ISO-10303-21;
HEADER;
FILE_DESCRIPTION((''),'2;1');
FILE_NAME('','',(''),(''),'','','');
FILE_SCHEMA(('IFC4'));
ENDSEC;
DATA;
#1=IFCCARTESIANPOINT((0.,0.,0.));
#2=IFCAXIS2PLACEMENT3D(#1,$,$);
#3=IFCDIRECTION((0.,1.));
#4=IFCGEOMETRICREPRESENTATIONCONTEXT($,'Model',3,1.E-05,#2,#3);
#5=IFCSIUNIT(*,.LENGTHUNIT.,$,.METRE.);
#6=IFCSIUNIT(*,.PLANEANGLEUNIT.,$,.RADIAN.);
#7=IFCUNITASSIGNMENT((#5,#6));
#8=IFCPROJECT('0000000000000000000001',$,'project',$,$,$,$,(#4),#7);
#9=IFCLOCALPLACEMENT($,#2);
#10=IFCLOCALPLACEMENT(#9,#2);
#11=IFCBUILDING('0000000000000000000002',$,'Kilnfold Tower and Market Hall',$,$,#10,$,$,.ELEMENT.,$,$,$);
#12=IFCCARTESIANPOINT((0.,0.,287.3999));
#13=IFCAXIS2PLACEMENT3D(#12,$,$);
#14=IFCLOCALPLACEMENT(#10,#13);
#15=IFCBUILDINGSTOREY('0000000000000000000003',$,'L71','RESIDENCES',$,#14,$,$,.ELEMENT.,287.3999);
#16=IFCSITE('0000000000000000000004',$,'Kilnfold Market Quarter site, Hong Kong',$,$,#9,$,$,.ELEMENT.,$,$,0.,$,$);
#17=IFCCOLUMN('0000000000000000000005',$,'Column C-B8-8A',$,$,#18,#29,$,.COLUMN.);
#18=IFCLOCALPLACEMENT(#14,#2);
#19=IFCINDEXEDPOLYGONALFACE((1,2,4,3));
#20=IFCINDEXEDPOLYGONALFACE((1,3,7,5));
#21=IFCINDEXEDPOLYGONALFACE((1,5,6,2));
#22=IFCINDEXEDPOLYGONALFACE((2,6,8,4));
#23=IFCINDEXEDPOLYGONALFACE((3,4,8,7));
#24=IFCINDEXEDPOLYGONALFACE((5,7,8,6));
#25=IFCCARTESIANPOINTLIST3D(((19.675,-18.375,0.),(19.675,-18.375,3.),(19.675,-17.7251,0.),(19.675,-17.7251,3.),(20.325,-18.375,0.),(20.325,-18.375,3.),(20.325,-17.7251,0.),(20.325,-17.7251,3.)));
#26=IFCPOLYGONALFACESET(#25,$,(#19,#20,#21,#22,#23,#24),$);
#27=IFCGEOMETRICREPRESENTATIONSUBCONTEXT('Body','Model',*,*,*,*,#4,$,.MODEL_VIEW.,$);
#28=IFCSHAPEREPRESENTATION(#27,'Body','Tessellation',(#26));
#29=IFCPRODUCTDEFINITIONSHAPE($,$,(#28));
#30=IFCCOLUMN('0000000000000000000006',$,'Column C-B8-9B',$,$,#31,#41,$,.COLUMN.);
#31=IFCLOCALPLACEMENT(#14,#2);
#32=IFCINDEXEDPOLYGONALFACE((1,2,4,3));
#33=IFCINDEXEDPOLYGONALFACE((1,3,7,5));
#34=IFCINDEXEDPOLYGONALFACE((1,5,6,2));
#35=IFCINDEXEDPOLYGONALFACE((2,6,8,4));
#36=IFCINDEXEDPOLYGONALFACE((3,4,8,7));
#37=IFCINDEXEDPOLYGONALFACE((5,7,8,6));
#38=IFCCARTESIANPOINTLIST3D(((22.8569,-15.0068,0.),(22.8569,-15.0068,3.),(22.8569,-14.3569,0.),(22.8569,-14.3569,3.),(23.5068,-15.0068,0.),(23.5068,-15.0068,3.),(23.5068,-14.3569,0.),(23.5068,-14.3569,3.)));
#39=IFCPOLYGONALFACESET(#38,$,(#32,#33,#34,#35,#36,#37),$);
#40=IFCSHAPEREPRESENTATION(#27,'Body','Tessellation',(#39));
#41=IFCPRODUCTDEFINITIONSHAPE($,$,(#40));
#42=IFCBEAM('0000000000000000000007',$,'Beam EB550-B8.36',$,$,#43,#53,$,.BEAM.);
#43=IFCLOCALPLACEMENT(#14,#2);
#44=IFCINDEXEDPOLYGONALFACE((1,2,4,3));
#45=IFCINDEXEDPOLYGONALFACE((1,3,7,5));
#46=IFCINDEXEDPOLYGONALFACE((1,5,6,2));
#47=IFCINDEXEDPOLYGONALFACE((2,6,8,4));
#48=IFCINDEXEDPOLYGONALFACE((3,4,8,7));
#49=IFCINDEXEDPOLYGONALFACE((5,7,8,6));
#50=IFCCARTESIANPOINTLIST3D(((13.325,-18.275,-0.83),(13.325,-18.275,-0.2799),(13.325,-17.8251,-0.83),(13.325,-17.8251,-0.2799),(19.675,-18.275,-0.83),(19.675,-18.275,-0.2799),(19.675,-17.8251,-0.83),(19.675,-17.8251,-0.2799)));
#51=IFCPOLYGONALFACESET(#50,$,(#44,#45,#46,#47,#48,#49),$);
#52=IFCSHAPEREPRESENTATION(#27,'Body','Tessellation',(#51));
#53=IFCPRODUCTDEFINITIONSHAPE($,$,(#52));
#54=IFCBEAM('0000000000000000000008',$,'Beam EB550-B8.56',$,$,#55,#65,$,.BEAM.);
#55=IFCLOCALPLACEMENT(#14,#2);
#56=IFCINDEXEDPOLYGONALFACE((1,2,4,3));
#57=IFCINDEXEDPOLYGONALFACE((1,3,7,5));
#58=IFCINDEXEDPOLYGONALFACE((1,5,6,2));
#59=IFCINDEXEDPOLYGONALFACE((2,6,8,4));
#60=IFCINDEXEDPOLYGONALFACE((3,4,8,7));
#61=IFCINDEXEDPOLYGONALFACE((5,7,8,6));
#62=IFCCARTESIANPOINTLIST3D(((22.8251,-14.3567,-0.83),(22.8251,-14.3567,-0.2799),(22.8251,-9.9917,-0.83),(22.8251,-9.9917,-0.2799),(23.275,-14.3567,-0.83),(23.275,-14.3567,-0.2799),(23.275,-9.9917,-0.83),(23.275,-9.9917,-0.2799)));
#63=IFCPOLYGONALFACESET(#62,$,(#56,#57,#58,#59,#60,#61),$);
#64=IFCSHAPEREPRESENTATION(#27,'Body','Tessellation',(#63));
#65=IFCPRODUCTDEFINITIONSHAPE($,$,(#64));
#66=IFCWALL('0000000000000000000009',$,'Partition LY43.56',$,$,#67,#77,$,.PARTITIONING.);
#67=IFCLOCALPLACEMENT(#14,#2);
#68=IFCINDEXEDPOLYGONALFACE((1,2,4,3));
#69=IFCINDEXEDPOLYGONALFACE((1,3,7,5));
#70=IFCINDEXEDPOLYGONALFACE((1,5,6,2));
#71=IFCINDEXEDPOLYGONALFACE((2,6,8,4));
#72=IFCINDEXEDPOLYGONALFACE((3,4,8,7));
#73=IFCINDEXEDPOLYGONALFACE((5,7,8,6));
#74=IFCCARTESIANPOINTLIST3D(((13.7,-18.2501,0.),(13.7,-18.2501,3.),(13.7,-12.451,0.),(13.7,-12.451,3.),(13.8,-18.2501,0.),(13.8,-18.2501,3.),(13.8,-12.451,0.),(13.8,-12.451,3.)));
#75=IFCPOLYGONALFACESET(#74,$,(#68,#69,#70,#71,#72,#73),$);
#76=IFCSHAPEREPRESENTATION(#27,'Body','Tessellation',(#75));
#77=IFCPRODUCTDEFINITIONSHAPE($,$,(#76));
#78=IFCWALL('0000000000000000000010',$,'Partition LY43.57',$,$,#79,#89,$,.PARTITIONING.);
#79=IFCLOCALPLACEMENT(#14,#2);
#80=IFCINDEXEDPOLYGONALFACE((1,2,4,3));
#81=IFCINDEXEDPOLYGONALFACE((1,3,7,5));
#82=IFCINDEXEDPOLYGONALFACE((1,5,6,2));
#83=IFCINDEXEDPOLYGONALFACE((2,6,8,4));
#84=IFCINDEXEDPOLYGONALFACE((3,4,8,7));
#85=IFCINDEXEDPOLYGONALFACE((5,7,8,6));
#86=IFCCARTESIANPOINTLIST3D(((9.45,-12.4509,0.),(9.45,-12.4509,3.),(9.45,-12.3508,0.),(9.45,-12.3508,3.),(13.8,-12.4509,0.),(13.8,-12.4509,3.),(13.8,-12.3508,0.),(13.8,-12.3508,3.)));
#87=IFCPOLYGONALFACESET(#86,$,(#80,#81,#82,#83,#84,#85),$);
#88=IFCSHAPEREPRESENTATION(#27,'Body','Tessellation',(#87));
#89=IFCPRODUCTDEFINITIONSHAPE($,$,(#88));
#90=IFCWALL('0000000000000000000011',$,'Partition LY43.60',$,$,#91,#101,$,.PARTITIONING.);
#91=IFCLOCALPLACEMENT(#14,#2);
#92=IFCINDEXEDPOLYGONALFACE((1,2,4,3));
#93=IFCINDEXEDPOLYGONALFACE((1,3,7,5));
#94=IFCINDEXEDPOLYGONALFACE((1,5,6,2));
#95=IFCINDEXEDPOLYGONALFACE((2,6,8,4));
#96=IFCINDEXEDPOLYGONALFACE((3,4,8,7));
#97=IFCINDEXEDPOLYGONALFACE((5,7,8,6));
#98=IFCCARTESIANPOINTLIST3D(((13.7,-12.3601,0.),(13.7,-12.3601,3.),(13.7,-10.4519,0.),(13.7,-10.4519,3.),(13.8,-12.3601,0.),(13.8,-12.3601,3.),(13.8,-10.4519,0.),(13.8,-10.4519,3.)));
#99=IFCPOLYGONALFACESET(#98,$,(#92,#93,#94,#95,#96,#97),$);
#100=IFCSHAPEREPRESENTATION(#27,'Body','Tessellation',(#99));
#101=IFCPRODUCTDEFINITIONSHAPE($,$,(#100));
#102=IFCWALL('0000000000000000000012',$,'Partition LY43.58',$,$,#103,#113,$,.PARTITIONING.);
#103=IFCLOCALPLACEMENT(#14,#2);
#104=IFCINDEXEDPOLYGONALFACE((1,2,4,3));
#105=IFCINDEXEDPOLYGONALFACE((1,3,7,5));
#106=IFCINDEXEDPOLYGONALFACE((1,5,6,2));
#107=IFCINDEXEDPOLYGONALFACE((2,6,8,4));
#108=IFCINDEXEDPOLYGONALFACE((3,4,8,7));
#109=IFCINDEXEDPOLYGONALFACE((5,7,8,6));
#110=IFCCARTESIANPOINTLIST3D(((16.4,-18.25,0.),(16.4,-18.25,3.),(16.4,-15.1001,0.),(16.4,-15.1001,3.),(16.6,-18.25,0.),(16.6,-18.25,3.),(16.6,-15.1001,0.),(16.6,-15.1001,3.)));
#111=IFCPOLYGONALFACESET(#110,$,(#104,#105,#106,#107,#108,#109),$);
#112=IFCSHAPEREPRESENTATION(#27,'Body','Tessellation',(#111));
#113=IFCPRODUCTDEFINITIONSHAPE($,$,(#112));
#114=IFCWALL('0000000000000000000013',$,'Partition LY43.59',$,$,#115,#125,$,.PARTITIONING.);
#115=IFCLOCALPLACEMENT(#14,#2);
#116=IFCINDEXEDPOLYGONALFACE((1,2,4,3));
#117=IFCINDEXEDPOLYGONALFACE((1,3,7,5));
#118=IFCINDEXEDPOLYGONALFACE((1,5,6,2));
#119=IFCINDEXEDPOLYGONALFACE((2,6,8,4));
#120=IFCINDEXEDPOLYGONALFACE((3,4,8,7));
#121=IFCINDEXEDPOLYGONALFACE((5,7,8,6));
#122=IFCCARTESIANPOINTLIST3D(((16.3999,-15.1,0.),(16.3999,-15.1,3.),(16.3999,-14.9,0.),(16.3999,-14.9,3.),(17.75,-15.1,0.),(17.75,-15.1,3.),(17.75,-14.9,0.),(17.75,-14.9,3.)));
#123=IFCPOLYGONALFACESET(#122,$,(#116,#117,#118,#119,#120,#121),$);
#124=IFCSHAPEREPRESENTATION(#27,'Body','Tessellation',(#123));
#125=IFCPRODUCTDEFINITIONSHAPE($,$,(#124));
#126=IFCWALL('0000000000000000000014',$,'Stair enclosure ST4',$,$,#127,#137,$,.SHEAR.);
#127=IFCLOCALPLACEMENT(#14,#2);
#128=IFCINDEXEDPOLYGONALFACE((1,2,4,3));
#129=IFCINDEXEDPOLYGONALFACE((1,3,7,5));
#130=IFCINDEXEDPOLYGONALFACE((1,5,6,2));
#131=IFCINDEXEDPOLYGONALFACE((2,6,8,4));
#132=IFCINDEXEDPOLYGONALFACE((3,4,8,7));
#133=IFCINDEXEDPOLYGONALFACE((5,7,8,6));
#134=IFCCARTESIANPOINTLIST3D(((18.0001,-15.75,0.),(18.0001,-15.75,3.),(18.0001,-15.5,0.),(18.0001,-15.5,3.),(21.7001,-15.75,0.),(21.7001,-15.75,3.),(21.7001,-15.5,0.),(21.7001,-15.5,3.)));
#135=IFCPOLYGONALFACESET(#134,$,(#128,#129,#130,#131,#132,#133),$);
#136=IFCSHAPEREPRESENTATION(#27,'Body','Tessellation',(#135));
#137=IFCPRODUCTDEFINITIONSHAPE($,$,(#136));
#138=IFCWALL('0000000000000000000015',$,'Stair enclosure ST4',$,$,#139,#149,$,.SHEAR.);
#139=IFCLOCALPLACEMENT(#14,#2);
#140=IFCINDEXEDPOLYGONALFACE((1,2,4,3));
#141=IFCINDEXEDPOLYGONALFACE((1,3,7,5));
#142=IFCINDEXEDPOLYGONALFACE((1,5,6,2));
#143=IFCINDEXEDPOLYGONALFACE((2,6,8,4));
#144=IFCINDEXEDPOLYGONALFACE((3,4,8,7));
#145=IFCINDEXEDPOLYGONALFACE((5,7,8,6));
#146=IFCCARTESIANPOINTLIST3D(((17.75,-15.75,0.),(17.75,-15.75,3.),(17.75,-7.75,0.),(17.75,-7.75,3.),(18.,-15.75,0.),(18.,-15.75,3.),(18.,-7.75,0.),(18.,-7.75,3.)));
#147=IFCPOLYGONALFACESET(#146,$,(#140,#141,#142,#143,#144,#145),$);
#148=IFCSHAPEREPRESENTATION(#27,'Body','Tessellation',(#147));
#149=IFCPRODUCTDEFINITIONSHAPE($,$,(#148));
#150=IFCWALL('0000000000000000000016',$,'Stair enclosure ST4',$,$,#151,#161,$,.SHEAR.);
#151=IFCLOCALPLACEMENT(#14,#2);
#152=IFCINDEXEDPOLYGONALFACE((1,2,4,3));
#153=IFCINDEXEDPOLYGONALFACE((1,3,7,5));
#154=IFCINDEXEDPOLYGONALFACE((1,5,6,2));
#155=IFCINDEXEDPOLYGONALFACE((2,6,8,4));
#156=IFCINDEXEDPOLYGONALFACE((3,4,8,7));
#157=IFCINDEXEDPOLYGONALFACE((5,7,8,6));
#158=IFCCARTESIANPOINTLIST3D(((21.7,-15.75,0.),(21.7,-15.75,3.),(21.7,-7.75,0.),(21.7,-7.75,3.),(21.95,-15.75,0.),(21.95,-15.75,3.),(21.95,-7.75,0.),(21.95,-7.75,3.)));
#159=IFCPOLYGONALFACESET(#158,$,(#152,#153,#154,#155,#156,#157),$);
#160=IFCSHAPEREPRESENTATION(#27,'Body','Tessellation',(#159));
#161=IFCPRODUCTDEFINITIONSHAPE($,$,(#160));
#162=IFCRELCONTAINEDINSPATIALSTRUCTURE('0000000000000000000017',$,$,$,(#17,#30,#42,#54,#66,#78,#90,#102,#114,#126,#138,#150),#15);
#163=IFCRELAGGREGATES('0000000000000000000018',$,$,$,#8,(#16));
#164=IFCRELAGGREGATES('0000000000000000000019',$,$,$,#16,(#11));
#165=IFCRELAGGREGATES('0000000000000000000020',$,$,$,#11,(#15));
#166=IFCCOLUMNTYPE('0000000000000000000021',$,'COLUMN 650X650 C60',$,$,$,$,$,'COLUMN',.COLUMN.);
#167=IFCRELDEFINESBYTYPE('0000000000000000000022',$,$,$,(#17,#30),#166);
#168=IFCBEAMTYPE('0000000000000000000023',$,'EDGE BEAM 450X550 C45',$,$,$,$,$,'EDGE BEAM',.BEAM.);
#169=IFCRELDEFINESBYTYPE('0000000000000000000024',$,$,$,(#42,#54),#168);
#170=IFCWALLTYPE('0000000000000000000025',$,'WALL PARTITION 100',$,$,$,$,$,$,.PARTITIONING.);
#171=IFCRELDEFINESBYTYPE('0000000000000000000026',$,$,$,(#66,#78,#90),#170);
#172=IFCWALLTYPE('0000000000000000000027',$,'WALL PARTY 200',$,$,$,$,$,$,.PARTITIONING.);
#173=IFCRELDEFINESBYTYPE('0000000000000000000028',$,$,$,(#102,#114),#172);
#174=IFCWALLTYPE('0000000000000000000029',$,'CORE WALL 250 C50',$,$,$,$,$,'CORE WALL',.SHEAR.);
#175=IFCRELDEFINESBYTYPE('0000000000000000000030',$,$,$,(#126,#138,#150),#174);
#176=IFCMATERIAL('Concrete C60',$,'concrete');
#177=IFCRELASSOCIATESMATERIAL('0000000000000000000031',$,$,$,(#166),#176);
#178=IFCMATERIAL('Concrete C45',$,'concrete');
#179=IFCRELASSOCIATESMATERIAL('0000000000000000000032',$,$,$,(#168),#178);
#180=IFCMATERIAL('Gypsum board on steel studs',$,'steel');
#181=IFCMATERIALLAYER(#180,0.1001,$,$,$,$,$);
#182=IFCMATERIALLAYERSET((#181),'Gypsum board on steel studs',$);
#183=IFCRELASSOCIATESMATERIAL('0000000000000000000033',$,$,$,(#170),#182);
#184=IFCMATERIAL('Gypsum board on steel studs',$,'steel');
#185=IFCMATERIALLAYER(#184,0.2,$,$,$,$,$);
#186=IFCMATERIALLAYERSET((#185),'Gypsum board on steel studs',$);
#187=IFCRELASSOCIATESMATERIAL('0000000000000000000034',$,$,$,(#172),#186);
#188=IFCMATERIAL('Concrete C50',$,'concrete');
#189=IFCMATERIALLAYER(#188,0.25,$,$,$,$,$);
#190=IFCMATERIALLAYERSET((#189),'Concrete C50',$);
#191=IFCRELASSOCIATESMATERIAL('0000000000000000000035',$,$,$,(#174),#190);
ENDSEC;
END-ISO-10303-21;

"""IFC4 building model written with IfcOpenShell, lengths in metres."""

from ifc_helpers import new_model, si_unit, direction, frame, frame_2d, origin, origin_2d, place, context, subcontext, project, spatial, rectangle, extrude, source, transform, mapped, material, layer, layer_set, material_profile, profile_set, type_object, element, save


model = new_model("IFC4")

# Units and contexts
model_context = context("Model", 3, precision=1e-05, world=origin(), true_north=direction((0.0, 1.0)))
body_context = subcontext(model_context, "Body", "Model", "MODEL_VIEW")
ifc_project = project(units=[si_unit("LENGTHUNIT", "METRE"), si_unit("PLANEANGLEUNIT", "RADIAN")], contexts=[model_context])

# Site, building, storey
site_placement = place(None, origin())
site = spatial("IfcSite", under=ifc_project, at=site_placement, Name="Kilnfold Market Quarter site, Hong Kong", CompositionType="ELEMENT", RefElevation=0.0)
building_placement = place(site_placement, origin())
building = spatial("IfcBuilding", under=site, at=building_placement, Name="Kilnfold Tower and Market Hall", CompositionType="ELEMENT")
storey_placement = place(building_placement, frame((0.0, 0.0, 287.3999)))
storey = spatial("IfcBuildingStorey", under=building, at=storey_placement, Name="L71", Description="RESIDENCES", CompositionType="ELEMENT", Elevation=287.3999)

# Columns
ifc_material_1 = material(Name="Concrete C60", Category="concrete")
ifc_material_profile_1 = material_profile(ifc_material_1, rectangle(XDim=0.6499, YDim=0.6499, at=origin_2d()), Name="RC 650x650")
ifc_profile_set_1 = profile_set([ifc_material_profile_1], Name="Concrete C60")
column_type = type_object("IfcColumnType", Name="COLUMN 650X650 C60", ElementType="COLUMN", PredefinedType="COLUMN", material=ifc_profile_set_1)
shared_shape_1 = source(origin(), body_context, "Body", "SweptSolid", [
    extrude(rectangle(XDim=0.6499, YDim=0.6499, at=origin_2d()), origin(), (0.0, 0.0, 1.0), 3.0),
])
for number, where, z_axis, x_axis, name in (
    (1, (20.0, -18.05, 0.0), (0.0, 0.0, 1.0), (1.0, 0.0, 0.0), "Column C-B8-8A"),
    (2, (23.1819, -14.6819, 0.0), (0.0, 0.0, 1.0), (1.0, 0.0, 0.0), "Column C-B8-9B"),
):
    element("IfcColumn", number, at=place(storey_placement, frame(where, z_axis=z_axis, x_axis=x_axis)), inside=storey, type_object=column_type, Name=name, PredefinedType="COLUMN", context=body_context, shape_type="MappedRepresentation", body=[
        mapped(shared_shape_1, transform((0.0, 0.0, 0.0))),
    ])

# Beams
ifc_material_2 = material(Name="Concrete C45", Category="concrete")
ifc_material_profile_2 = material_profile(ifc_material_2, rectangle(XDim=0.45, YDim=0.55, at=origin_2d()), Name="RC 450x550")
ifc_profile_set_2 = profile_set([ifc_material_profile_2], Name="Concrete C45")
beam_type = type_object("IfcBeamType", Name="EDGE BEAM 450X550 C45", ElementType="EDGE BEAM", PredefinedType="BEAM", material=ifc_profile_set_2)
shared_shape_2 = source(origin(), body_context, "Body", "SweptSolid", [
    extrude(rectangle(XDim=0.45, YDim=0.55, at=origin_2d()), origin(), (0.0, 0.0, 1.0), 6.3501),
])
beam_1_placement = place(storey_placement, frame((13.325, -18.05, -0.5549), z_axis=(1.0, 0.0, 0.0), x_axis=(0.0, 1.0, 0.0)))
element("IfcBeam", 3, at=beam_1_placement, inside=storey, type_object=beam_type, Name="Beam EB550-B8.36", PredefinedType="BEAM", context=body_context, shape_type="MappedRepresentation", body=[
    mapped(shared_shape_2, transform((0.0, 0.0, 0.0))),
])
shared_shape_3 = source(origin(), body_context, "Body", "SweptSolid", [
    extrude(rectangle(XDim=0.45, YDim=0.55, at=origin_2d()), origin(), (0.0, 0.0, 1.0), 4.365),
])
beam_2_placement = place(storey_placement, frame((23.05, -14.3567, -0.5549), z_axis=(0.0, 1.0, 0.0), x_axis=(-1.0, 0.0, 0.0)))
element("IfcBeam", 4, at=beam_2_placement, inside=storey, type_object=beam_type, Name="Beam EB550-B8.56", PredefinedType="BEAM", context=body_context, shape_type="MappedRepresentation", body=[
    mapped(shared_shape_3, transform((0.0, 0.0, 0.0))),
])

# Walls
ifc_material_3 = material(Name="Gypsum board on steel studs", Category="steel")
ifc_layer_1 = layer(ifc_material_3, 0.1001)
ifc_layer_set_1 = layer_set([ifc_layer_1], Name="Gypsum board on steel studs")
wall_type_1 = type_object("IfcWallType", Name="WALL PARTITION 100", PredefinedType="PARTITIONING", material=ifc_layer_set_1)
wall_1_placement = place(storey_placement, frame((13.75, -18.25, 0.0), z_axis=(0.0, 0.0, 1.0), x_axis=(0.0, 1.0, 0.0)))
element("IfcWall", 5, at=wall_1_placement, inside=storey, type_object=wall_type_1, Name="Partition LY43.56", PredefinedType="PARTITIONING", context=body_context, shape_type="SweptSolid", body=[
    extrude(rectangle(XDim=5.7991, YDim=0.1001, at=frame_2d((2.8994, 0.0))), origin(), (0.0, 0.0, 1.0), 3.0),
])
wall_2_placement = place(storey_placement, frame((13.8, -12.4009, 0.0), z_axis=(0.0, 0.0, 1.0), x_axis=(-1.0, 0.0, 0.0)))
element("IfcWall", 6, at=wall_2_placement, inside=storey, type_object=wall_type_1, Name="Partition LY43.57", PredefinedType="PARTITIONING", context=body_context, shape_type="SweptSolid", body=[
    extrude(rectangle(XDim=4.3501, YDim=0.1001, at=frame_2d((2.175, 0.0))), origin(), (0.0, 0.0, 1.0), 3.0),
])
wall_3_placement = place(storey_placement, frame((13.75, -12.3601, 0.0), z_axis=(0.0, 0.0, 1.0), x_axis=(0.0, 1.0, 0.0)))
element("IfcWall", 7, at=wall_3_placement, inside=storey, type_object=wall_type_1, Name="Partition LY43.60", PredefinedType="PARTITIONING", context=body_context, shape_type="SweptSolid", body=[
    extrude(rectangle(XDim=1.9082, YDim=0.1001, at=frame_2d((0.9541, 0.0))), origin(), (0.0, 0.0, 1.0), 3.0),
])
ifc_material_4 = material(Name="Gypsum board on steel studs", Category="steel")
ifc_layer_2 = layer(ifc_material_4, 0.2)
ifc_layer_set_2 = layer_set([ifc_layer_2], Name="Gypsum board on steel studs")
wall_type_2 = type_object("IfcWallType", Name="WALL PARTY 200", PredefinedType="PARTITIONING", material=ifc_layer_set_2)
wall_4_placement = place(storey_placement, frame((16.5, -18.25, 0.0), z_axis=(0.0, 0.0, 1.0), x_axis=(0.0, 1.0, 0.0)))
element("IfcWall", 8, at=wall_4_placement, inside=storey, type_object=wall_type_2, Name="Partition LY43.58", PredefinedType="PARTITIONING", context=body_context, shape_type="SweptSolid", body=[
    extrude(rectangle(XDim=3.1499, YDim=0.2, at=frame_2d((1.575, 0.0))), origin(), (0.0, 0.0, 1.0), 3.0),
])
wall_5_placement = place(storey_placement, frame((16.3999, -15.0, 0.0), z_axis=(0.0, 0.0, 1.0), x_axis=(1.0, 0.0, 0.0)))
element("IfcWall", 9, at=wall_5_placement, inside=storey, type_object=wall_type_2, Name="Partition LY43.59", PredefinedType="PARTITIONING", context=body_context, shape_type="SweptSolid", body=[
    extrude(rectangle(XDim=1.3501, YDim=0.2, at=frame_2d((0.675, 0.0))), origin(), (0.0, 0.0, 1.0), 3.0),
])
ifc_material_5 = material(Name="Concrete C50", Category="concrete")
ifc_layer_3 = layer(ifc_material_5, 0.25)
ifc_layer_set_3 = layer_set([ifc_layer_3], Name="Concrete C50")
wall_type_3 = type_object("IfcWallType", Name="CORE WALL 250 C50", ElementType="CORE WALL", PredefinedType="SHEAR", material=ifc_layer_set_3)
shared_shape_4 = source(origin(), body_context, "Body", "SweptSolid", [
    extrude(rectangle(XDim=3.7, YDim=0.25, at=frame_2d((1.8501, 0.0))), origin(), (0.0, 0.0, 1.0), 3.0),
])
wall_6_placement = place(storey_placement, frame((18.0, -15.625, 0.0), z_axis=(0.0, 0.0, 1.0), x_axis=(1.0, 0.0, 0.0)))
element("IfcWall", 10, at=wall_6_placement, inside=storey, type_object=wall_type_3, Name="Stair enclosure ST4", PredefinedType="SHEAR", context=body_context, shape_type="MappedRepresentation", body=[
    mapped(shared_shape_4, transform((0.0, 0.0, 0.0))),
])
shared_shape_5 = source(origin(), body_context, "Body", "SweptSolid", [
    extrude(rectangle(XDim=8.0, YDim=0.25, at=frame_2d((4.0, 0.0))), origin(), (0.0, 0.0, 1.0), 3.0),
])
for number, where, z_axis, x_axis, name in (
    (11, (17.875, -15.75, 0.0), (0.0, 0.0, 1.0), (0.0, 1.0, 0.0), "Stair enclosure ST4"),
    (12, (21.825, -15.75, 0.0), (0.0, 0.0, 1.0), (0.0, 1.0, 0.0), "Stair enclosure ST4"),
):
    element("IfcWall", number, at=place(storey_placement, frame(where, z_axis=z_axis, x_axis=x_axis)), inside=storey, type_object=wall_type_3, Name=name, PredefinedType="SHEAR", context=body_context, shape_type="MappedRepresentation", body=[
        mapped(shared_shape_5, transform((0.0, 0.0, 0.0))),
    ])

save(model, "model.ifc")
